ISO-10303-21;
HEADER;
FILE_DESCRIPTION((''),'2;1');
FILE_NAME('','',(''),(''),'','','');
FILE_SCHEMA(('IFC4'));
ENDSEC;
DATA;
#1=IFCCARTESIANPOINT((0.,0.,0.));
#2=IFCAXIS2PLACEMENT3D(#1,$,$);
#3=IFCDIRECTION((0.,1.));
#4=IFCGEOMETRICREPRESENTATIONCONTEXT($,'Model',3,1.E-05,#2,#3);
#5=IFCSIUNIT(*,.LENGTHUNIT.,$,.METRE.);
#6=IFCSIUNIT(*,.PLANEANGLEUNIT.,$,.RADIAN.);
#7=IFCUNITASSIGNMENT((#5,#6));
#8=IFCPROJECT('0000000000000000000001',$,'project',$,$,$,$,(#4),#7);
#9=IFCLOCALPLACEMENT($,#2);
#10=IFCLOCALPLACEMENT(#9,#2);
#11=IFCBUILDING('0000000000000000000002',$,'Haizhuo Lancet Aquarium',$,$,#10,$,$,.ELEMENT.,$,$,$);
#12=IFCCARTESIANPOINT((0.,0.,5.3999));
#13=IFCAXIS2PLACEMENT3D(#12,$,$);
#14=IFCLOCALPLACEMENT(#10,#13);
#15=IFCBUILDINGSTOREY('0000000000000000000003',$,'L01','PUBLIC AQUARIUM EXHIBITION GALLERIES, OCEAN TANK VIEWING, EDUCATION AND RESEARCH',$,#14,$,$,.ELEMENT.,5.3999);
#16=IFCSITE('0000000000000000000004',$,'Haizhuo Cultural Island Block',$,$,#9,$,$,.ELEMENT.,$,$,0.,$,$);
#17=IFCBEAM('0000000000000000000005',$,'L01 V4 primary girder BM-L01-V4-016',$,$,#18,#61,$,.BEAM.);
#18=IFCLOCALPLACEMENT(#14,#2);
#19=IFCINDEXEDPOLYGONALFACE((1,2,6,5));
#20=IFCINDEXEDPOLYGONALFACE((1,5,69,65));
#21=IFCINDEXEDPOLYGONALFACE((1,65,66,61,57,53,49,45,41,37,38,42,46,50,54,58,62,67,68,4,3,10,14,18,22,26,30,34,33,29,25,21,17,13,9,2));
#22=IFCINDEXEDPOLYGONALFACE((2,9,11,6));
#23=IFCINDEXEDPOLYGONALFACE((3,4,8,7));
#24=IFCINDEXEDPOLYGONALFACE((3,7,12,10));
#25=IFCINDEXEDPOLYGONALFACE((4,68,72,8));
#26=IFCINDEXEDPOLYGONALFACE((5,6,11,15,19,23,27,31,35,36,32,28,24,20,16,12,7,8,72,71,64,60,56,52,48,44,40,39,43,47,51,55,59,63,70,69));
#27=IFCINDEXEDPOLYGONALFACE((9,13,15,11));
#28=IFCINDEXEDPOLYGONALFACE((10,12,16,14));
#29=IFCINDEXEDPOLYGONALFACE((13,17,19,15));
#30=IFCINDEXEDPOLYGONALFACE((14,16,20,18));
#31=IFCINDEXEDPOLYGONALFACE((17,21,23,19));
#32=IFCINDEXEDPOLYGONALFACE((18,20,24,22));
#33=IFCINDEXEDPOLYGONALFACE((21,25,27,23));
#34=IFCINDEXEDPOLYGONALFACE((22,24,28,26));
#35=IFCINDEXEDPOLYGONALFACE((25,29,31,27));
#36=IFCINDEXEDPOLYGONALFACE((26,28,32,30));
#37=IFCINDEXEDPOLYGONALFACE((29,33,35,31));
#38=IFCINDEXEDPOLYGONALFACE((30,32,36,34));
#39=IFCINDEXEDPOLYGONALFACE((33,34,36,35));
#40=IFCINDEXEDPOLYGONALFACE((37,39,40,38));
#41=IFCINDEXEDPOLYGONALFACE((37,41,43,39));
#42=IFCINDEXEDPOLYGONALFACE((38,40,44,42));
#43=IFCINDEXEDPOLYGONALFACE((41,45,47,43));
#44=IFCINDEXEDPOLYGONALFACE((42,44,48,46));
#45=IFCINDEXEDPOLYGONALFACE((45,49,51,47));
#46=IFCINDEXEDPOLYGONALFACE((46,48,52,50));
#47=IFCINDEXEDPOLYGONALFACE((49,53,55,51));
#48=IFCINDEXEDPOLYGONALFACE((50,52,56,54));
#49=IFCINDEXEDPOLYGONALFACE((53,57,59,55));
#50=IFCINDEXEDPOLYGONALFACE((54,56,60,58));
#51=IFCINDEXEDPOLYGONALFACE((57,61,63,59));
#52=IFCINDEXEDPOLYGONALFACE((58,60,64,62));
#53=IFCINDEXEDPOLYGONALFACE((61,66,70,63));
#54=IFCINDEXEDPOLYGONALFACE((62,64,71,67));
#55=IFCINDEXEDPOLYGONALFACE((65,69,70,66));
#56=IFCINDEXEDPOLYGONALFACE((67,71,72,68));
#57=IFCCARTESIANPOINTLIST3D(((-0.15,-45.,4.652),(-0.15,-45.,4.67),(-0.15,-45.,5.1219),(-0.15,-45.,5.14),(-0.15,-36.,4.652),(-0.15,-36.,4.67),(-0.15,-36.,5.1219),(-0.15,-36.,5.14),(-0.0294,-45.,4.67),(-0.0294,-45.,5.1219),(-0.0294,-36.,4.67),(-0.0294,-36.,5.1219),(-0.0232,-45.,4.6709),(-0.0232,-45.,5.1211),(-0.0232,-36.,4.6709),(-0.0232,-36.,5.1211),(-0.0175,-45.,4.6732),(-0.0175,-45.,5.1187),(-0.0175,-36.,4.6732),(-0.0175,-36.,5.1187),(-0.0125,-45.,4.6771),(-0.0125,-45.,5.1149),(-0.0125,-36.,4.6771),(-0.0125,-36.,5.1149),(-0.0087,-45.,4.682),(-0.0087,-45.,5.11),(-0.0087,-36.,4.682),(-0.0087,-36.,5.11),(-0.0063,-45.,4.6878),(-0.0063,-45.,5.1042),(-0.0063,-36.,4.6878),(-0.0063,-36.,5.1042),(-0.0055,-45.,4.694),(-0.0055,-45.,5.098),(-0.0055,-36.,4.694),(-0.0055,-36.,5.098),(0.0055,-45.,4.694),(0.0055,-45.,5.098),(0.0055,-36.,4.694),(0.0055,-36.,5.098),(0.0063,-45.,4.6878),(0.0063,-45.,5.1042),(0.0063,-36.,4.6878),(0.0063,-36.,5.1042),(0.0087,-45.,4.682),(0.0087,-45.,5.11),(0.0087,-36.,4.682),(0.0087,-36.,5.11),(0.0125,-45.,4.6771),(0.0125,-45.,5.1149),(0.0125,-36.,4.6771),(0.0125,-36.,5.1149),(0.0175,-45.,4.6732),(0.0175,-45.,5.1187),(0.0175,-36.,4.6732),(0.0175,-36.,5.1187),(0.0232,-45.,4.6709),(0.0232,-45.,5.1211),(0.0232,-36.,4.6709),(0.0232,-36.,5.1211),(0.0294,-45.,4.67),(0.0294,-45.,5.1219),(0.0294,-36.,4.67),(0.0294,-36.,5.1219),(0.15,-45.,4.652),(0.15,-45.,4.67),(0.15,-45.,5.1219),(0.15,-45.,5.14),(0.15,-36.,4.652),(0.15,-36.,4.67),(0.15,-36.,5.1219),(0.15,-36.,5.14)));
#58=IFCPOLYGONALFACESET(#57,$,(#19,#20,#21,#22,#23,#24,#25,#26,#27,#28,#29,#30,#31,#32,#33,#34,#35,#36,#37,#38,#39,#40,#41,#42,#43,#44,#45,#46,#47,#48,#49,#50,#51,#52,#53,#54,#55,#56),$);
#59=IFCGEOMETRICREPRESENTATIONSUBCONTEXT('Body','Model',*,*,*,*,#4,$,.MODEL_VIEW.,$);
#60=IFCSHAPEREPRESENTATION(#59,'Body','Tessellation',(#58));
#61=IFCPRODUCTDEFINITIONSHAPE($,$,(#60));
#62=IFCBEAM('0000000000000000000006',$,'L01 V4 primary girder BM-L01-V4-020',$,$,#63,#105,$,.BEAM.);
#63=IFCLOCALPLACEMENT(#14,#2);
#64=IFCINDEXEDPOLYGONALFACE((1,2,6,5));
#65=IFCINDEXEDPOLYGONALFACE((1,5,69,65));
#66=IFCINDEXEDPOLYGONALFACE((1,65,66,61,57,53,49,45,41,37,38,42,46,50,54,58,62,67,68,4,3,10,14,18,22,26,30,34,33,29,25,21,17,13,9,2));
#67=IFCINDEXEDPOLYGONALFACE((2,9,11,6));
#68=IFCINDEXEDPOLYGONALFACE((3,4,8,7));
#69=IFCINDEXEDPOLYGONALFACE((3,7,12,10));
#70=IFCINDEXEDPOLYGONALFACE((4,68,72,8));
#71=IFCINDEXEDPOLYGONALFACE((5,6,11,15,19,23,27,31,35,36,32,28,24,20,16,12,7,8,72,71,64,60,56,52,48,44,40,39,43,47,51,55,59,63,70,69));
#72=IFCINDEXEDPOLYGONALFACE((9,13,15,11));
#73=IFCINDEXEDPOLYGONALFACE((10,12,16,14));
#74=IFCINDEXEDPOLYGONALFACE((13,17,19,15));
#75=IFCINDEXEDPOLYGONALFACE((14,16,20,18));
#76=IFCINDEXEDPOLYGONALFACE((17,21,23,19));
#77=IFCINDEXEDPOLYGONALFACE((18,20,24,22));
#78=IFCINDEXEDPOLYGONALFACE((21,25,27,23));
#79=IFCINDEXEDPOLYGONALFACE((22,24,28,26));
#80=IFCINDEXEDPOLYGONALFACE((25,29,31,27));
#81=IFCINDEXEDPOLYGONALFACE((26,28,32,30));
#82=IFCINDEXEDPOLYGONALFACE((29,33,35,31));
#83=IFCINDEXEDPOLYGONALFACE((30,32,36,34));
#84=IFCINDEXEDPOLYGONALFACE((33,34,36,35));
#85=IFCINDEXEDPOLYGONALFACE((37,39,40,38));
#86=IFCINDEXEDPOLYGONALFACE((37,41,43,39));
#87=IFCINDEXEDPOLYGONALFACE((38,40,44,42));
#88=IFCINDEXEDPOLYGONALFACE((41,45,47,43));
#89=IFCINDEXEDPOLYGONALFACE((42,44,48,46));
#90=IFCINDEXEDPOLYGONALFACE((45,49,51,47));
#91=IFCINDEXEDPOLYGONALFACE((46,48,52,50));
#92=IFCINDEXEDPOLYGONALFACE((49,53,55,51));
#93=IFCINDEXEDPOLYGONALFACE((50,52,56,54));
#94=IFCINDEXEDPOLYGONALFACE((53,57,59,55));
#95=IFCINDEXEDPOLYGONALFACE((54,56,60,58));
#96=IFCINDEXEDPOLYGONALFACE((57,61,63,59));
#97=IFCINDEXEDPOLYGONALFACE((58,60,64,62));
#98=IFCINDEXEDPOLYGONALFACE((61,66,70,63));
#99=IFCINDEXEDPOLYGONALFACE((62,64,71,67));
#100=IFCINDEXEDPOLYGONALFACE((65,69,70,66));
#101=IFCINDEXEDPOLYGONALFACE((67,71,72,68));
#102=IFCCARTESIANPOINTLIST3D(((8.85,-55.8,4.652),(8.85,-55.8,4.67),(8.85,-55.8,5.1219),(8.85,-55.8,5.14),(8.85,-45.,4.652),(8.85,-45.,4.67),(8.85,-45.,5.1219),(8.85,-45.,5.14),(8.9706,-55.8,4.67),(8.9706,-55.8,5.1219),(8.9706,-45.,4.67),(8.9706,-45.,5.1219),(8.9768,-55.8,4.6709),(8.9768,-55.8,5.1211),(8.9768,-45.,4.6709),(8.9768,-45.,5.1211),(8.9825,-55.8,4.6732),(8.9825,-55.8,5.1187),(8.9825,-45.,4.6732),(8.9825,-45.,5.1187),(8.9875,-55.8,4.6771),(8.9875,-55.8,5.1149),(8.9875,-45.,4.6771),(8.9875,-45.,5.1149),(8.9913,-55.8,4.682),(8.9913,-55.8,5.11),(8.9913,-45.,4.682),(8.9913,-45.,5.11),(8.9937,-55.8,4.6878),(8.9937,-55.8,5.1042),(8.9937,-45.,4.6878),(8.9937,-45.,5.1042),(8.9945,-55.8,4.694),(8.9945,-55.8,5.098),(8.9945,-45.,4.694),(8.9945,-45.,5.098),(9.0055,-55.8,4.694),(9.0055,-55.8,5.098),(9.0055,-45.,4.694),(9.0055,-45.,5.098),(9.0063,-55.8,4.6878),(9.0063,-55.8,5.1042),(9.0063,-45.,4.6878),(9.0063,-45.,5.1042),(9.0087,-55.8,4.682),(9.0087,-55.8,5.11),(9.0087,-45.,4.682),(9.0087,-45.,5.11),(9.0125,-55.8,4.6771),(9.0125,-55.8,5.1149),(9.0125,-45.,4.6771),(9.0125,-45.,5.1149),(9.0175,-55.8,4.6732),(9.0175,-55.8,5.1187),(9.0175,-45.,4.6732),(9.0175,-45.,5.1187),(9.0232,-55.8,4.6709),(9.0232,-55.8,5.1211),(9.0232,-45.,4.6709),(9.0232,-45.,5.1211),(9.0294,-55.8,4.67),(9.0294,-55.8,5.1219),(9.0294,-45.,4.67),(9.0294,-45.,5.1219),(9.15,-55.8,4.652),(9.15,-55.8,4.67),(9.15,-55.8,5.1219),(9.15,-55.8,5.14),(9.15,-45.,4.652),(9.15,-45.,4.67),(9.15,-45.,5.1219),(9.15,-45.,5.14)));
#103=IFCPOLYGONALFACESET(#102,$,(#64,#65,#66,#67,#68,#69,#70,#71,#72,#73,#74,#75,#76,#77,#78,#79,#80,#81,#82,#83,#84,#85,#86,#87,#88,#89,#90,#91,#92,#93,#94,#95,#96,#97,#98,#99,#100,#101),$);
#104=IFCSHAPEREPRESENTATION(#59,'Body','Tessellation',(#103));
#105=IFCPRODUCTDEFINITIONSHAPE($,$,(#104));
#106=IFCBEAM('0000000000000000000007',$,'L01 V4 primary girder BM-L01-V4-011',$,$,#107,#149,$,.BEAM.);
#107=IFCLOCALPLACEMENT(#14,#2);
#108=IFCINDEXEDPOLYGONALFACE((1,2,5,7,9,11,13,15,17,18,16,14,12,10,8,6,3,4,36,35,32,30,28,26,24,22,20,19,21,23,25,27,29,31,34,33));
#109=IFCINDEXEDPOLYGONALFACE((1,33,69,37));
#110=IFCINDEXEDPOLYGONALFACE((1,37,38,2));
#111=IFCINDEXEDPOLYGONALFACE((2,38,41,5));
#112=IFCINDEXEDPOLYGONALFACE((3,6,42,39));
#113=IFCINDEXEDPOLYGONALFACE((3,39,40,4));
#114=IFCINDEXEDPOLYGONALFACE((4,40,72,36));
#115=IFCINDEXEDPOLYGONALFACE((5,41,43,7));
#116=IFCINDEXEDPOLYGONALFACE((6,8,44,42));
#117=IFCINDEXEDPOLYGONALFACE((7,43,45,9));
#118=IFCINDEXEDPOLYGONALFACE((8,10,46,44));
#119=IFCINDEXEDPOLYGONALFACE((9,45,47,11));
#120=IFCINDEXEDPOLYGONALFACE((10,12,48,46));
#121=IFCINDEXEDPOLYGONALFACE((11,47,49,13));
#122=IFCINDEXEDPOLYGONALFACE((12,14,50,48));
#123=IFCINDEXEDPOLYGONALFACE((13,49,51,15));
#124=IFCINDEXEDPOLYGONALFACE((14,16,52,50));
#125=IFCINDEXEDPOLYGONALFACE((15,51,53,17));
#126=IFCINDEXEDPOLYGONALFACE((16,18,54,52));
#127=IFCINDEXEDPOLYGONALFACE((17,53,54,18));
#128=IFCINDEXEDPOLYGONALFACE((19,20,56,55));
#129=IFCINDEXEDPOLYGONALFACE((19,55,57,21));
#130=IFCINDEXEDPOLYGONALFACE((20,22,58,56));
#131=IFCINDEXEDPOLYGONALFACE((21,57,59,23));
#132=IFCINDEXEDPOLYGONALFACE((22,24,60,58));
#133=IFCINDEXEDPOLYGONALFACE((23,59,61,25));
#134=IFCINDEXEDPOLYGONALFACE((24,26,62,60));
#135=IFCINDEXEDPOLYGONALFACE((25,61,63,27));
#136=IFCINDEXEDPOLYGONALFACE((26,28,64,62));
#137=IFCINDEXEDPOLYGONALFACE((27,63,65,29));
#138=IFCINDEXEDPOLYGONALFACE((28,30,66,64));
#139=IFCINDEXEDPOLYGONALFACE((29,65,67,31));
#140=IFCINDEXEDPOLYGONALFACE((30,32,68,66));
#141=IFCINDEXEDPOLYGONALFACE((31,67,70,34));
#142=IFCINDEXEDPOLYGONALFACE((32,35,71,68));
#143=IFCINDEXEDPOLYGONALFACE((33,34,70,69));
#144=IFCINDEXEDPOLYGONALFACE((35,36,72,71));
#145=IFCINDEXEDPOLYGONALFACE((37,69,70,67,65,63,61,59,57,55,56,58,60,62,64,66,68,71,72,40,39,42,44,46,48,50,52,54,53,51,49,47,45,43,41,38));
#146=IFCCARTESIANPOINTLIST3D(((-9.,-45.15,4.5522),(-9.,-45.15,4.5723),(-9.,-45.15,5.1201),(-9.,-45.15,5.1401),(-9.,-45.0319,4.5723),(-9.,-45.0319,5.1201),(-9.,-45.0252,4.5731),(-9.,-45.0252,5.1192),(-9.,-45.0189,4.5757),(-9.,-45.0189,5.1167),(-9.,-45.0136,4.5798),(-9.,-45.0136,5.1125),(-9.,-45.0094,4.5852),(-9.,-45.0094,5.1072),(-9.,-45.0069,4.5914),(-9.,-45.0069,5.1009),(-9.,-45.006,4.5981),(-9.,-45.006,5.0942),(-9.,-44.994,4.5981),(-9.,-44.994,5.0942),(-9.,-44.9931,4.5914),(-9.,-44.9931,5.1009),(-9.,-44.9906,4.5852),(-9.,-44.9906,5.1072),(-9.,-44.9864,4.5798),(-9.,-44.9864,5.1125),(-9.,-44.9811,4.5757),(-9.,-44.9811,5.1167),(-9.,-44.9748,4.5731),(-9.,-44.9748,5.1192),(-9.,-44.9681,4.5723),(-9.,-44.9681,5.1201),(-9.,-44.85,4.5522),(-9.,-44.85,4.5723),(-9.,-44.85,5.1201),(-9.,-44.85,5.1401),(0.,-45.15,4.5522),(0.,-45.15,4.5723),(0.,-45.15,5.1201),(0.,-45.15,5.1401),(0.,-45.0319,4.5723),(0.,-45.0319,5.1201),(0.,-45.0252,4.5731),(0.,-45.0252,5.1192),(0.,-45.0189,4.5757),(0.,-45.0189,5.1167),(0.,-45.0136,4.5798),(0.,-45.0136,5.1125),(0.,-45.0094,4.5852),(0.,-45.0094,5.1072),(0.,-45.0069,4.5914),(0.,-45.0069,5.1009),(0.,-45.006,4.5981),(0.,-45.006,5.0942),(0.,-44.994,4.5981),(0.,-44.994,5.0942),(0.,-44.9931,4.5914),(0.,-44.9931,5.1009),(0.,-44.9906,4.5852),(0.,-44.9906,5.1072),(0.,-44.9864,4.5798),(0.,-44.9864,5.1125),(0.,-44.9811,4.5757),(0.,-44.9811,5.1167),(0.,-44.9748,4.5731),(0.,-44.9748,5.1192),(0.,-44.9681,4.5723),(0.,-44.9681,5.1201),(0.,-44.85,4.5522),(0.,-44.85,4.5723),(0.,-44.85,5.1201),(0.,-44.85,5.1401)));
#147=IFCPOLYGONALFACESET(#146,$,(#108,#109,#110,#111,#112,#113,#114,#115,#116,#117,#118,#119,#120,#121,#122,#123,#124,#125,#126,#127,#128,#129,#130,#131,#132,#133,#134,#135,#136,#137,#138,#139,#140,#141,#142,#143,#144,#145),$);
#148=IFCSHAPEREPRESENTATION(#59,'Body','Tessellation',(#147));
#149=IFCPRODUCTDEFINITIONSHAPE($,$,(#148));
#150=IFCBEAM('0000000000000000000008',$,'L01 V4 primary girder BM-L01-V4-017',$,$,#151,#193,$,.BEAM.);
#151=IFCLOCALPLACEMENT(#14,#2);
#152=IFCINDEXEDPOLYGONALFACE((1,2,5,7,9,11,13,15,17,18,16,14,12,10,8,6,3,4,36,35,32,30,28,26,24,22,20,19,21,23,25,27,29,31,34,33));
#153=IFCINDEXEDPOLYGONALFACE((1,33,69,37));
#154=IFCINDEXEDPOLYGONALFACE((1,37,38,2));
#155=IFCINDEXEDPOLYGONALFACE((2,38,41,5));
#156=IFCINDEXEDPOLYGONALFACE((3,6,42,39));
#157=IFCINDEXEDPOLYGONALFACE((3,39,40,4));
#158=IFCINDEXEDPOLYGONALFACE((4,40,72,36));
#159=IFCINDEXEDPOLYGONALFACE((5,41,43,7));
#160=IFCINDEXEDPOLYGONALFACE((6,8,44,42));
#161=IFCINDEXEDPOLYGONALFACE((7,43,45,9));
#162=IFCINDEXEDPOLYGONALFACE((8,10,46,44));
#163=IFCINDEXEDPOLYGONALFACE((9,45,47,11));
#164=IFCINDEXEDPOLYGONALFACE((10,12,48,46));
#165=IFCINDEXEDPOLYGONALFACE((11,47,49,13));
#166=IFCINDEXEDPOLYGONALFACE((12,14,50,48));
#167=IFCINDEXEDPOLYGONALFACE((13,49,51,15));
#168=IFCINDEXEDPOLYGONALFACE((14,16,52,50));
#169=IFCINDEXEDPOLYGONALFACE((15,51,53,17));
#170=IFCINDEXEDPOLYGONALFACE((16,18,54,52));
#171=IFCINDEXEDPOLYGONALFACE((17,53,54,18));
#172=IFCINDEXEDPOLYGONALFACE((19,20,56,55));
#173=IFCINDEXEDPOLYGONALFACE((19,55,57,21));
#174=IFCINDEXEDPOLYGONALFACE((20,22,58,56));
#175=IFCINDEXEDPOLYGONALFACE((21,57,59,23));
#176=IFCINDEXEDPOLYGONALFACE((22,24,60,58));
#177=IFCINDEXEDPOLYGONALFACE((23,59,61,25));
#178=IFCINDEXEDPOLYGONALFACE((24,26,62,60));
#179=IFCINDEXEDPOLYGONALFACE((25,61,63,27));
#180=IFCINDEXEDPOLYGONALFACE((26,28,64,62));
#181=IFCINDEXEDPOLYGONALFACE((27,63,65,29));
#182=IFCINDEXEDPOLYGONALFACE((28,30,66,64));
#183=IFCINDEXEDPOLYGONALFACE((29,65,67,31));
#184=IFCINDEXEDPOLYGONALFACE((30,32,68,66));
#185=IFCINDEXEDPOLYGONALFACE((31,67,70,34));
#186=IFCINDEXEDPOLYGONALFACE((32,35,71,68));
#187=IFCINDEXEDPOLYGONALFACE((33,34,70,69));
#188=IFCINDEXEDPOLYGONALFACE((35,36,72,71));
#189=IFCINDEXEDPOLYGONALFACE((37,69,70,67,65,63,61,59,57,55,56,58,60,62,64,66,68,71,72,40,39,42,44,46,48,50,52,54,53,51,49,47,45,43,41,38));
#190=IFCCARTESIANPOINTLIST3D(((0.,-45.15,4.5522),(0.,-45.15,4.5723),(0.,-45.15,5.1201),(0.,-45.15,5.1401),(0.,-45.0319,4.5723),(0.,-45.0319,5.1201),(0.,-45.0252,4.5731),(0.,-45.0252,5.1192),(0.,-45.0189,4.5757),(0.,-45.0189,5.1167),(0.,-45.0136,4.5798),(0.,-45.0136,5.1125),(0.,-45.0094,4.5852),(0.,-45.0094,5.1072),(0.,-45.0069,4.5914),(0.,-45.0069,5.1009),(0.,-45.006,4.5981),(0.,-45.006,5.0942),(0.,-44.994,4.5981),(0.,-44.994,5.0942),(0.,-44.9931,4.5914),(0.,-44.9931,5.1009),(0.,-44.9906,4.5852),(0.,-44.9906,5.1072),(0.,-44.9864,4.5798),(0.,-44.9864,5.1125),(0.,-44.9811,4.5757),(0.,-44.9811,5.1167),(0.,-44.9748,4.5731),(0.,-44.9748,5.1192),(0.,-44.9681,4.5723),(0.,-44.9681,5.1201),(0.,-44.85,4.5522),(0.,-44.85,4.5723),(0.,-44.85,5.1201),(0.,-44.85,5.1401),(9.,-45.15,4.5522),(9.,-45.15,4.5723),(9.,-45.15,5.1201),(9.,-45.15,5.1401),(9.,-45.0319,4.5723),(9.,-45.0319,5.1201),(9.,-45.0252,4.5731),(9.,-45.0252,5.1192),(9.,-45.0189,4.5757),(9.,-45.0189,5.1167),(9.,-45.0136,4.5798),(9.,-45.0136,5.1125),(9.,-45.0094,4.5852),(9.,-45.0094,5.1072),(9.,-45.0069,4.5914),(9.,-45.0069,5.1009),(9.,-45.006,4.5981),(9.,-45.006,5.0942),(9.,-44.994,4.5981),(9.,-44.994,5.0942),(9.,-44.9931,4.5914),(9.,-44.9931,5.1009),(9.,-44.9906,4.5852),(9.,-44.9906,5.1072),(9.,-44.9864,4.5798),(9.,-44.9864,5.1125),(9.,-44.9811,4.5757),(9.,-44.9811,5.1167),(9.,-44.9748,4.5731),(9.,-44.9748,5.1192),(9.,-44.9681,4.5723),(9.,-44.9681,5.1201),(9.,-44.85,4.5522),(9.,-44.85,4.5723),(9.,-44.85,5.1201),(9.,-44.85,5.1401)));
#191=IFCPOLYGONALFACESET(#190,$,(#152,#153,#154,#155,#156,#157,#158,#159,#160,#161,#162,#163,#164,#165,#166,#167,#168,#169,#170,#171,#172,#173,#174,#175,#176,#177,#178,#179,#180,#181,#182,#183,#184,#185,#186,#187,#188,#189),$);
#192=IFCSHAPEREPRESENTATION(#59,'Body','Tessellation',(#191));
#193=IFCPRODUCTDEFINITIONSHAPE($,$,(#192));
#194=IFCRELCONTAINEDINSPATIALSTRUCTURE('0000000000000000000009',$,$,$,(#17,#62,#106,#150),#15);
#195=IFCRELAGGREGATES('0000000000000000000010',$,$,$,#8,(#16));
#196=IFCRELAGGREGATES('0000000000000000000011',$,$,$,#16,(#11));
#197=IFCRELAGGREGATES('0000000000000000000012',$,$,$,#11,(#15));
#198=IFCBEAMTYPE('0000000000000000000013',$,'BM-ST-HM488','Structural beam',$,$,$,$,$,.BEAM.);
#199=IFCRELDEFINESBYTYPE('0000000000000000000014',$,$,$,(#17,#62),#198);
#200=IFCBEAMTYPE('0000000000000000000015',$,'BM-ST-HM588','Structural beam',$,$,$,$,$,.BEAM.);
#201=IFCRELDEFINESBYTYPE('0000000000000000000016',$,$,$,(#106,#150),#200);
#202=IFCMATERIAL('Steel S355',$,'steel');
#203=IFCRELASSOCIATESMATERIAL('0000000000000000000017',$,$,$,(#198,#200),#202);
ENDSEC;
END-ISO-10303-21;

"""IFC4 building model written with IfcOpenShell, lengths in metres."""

from ifc_helpers import new_model, si_unit, direction, frame, origin, origin_2d, place, context, subcontext, project, spatial, i_section, extrude, material, material_profile, profile_set, type_object, element, save


model = new_model("IFC4")

# Units and contexts
model_context = context("Model", 3, precision=1e-05, world=origin(), true_north=direction((0.0, 1.0)))
body_context = subcontext(model_context, "Body", "Model", "MODEL_VIEW")
ifc_project = project(units=[si_unit("LENGTHUNIT", "METRE"), si_unit("PLANEANGLEUNIT", "RADIAN")], contexts=[model_context])

# Site, building, storey
site_placement = place(None, origin())
site = spatial("IfcSite", under=ifc_project, at=site_placement, Name="Haizhuo Cultural Island Block", CompositionType="ELEMENT", RefElevation=0.0)
building_placement = place(site_placement, origin())
building = spatial("IfcBuilding", under=site, at=building_placement, Name="Haizhuo Lancet Aquarium", CompositionType="ELEMENT")
storey_placement = place(building_placement, frame((0.0, 0.0, 5.3999)))
storey = spatial("IfcBuildingStorey", under=building, at=storey_placement, Name="L01", Description="PUBLIC AQUARIUM EXHIBITION GALLERIES, OCEAN TANK VIEWING, EDUCATION AND RESEARCH", CompositionType="ELEMENT", Elevation=5.3999)

# Shared definitions
ifc_material_1 = material(Name="Steel S355", Category="steel")

# Beams
ifc_material_profile_1 = material_profile(ifc_material_1, i_section(OverallWidth=0.3, OverallDepth=0.488, WebThickness=0.011, FlangeThickness=0.0181, FilletRadius=0.0239, at=origin_2d()), Name="HM 488x300x11x18")
ifc_profile_set_1 = profile_set([ifc_material_profile_1], Name="Steel S355")
beam_type_1 = type_object("IfcBeamType", Name="BM-ST-HM488", Description="Structural beam", PredefinedType="BEAM", material=ifc_profile_set_1)
for number, where, z_axis, x_axis, name in (
    (1, (0.0, -45.0, 4.896), (0.0, 1.0, 0.0), (-1.0, 0.0, 0.0), "L01 V4 primary girder BM-L01-V4-016"),
):
    element("IfcBeam", number, at=place(storey_placement, frame(where, z_axis=z_axis, x_axis=x_axis)), inside=storey, type_object=beam_type_1, Name=name, PredefinedType="BEAM", context=body_context, shape_type="SweptSolid", body=[
        extrude(i_section(OverallWidth=0.3, OverallDepth=0.488, WebThickness=0.011, FlangeThickness=0.0181, FilletRadius=0.0239, at=origin_2d()), origin(), (0.0, 0.0, 1.0), 9.0),
    ])
beam_1_placement = place(storey_placement, frame((9.0, -55.8, 4.896), z_axis=(0.0, 1.0, 0.0), x_axis=(-1.0, 0.0, 0.0)))
element("IfcBeam", 2, at=beam_1_placement, inside=storey, type_object=beam_type_1, Name="L01 V4 primary girder BM-L01-V4-020", PredefinedType="BEAM", context=body_context, shape_type="SweptSolid", body=[
    extrude(i_section(OverallWidth=0.3, OverallDepth=0.488, WebThickness=0.011, FlangeThickness=0.0181, FilletRadius=0.0239, at=origin_2d()), origin(), (0.0, 0.0, 1.0), 10.8),
])
ifc_material_profile_2 = material_profile(ifc_material_1, i_section(OverallWidth=0.3, OverallDepth=0.5879, WebThickness=0.012, FlangeThickness=0.02, FilletRadius=0.0259, at=origin_2d()), Name="HM 588x300x12x20")
ifc_profile_set_2 = profile_set([ifc_material_profile_2], Name="Steel S355")
beam_type_2 = type_object("IfcBeamType", Name="BM-ST-HM588", Description="Structural beam", PredefinedType="BEAM", material=ifc_profile_set_2)
for number, where, z_axis, x_axis, name in (
    (3, (-9.0, -45.0, 4.8462), (1.0, 0.0, 0.0), (0.0, 1.0, 0.0), "L01 V4 primary girder BM-L01-V4-011"),
    (4, (0.0, -45.0, 4.8462), (1.0, 0.0, 0.0), (0.0, 1.0, 0.0), "L01 V4 primary girder BM-L01-V4-017"),
):
    element("IfcBeam", number, at=place(storey_placement, frame(where, z_axis=z_axis, x_axis=x_axis)), inside=storey, type_object=beam_type_2, Name=name, PredefinedType="BEAM", context=body_context, shape_type="SweptSolid", body=[
        extrude(i_section(OverallWidth=0.3, OverallDepth=0.5879, WebThickness=0.012, FlangeThickness=0.02, FilletRadius=0.0259, at=origin_2d()), origin(), (0.0, 0.0, 1.0), 9.0),
    ])

save(model, "model.ifc")
